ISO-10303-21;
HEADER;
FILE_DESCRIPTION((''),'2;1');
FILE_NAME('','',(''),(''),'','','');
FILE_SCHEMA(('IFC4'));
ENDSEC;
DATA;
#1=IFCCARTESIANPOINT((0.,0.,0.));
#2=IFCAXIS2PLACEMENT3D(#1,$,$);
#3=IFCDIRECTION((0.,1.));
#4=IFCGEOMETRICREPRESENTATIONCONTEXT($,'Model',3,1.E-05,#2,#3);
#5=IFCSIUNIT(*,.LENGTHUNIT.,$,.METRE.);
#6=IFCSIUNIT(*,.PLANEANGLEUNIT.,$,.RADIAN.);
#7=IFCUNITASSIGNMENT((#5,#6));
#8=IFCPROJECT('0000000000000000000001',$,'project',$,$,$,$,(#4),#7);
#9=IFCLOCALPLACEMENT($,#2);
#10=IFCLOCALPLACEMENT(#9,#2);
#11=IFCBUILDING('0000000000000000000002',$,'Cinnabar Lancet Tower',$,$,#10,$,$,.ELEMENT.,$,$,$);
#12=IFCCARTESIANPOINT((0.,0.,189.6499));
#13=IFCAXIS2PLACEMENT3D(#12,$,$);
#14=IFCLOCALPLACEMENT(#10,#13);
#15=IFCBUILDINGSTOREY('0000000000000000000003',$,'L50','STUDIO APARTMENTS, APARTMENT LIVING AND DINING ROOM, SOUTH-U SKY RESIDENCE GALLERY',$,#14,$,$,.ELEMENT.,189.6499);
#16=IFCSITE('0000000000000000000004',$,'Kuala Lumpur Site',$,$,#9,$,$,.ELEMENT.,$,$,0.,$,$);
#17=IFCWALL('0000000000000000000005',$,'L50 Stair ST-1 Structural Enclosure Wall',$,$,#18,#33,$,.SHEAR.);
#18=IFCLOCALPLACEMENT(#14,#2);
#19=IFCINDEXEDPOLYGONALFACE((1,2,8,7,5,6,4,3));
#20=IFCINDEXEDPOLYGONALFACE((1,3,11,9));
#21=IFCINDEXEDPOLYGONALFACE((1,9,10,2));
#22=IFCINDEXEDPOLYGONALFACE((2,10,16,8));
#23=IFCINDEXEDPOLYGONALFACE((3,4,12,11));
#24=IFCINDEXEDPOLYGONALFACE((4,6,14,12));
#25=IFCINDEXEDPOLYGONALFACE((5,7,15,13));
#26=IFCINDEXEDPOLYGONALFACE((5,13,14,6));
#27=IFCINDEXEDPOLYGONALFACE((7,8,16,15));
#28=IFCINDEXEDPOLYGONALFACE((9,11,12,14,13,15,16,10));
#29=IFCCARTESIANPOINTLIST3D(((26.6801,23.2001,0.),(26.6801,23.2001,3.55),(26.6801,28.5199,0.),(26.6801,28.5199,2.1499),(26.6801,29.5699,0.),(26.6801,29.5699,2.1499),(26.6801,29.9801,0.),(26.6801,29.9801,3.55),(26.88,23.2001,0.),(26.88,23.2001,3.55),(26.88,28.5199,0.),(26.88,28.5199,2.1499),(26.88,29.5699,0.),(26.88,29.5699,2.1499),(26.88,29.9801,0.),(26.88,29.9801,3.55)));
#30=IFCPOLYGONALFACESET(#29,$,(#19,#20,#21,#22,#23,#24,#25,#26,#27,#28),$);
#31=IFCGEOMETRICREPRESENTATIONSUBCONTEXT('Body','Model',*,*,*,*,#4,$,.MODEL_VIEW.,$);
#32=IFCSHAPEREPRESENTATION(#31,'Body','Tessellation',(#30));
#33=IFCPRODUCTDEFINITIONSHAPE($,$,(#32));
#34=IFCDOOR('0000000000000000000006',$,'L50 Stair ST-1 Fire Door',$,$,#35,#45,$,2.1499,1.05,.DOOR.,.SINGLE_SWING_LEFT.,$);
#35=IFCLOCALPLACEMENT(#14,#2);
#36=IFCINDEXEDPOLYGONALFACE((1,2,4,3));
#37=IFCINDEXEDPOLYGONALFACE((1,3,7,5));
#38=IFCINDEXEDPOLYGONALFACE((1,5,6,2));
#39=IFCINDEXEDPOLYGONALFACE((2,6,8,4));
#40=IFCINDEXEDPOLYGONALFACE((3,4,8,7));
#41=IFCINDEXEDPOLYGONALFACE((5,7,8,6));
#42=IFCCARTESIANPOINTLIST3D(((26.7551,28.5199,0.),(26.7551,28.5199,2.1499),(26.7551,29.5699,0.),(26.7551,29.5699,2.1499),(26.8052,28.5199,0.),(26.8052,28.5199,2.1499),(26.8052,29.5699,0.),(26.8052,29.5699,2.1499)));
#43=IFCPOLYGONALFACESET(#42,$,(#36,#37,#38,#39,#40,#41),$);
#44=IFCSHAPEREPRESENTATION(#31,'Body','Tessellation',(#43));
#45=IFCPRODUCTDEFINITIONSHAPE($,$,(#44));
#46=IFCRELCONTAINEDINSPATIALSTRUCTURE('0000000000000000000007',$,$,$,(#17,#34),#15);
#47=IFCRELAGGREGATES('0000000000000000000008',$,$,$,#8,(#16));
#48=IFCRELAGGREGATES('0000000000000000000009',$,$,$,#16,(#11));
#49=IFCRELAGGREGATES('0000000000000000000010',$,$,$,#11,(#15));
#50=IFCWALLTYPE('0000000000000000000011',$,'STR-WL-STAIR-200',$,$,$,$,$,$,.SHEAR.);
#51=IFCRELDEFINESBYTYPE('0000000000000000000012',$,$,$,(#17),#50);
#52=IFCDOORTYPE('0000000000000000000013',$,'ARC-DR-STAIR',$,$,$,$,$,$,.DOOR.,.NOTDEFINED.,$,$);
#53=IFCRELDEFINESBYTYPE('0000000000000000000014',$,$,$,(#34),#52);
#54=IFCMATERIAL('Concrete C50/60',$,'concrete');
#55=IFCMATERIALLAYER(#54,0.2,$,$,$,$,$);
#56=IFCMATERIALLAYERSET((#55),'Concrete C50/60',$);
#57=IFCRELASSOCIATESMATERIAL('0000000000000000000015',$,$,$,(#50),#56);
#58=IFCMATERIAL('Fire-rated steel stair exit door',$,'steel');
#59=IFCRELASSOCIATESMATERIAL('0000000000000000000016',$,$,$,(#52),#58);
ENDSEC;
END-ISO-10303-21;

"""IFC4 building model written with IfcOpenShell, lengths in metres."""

from ifc_helpers import new_model, si_unit, direction, frame, frame_2d, origin, place, context, subcontext, project, spatial, rectangle, extrude, material, layer, layer_set, type_object, element, fill, save


model = new_model("IFC4")

# Units and contexts
model_context = context("Model", 3, precision=1e-05, world=origin(), true_north=direction((0.0, 1.0)))
body_context = subcontext(model_context, "Body", "Model", "MODEL_VIEW")
ifc_project = project(units=[si_unit("LENGTHUNIT", "METRE"), si_unit("PLANEANGLEUNIT", "RADIAN")], contexts=[model_context])

# Site, building, storey
site_placement = place(None, origin())
site = spatial("IfcSite", under=ifc_project, at=site_placement, Name="Kuala Lumpur Site", CompositionType="ELEMENT", RefElevation=0.0)
building_placement = place(site_placement, origin())
building = spatial("IfcBuilding", under=site, at=building_placement, Name="Cinnabar Lancet Tower", CompositionType="ELEMENT")
storey_placement = place(building_placement, frame((0.0, 0.0, 189.6499)))
storey = spatial("IfcBuildingStorey", under=building, at=storey_placement, Name="L50", Description="STUDIO APARTMENTS, APARTMENT LIVING AND DINING ROOM, SOUTH-U SKY RESIDENCE GALLERY", CompositionType="ELEMENT", Elevation=189.6499)

# Wall, opening, door
ifc_material_1 = material(Name="Concrete C50/60", Category="concrete")
ifc_layer_1 = layer(ifc_material_1, 0.2)
ifc_layer_set_1 = layer_set([ifc_layer_1], Name="Concrete C50/60")
wall_type_1 = type_object("IfcWallType", Name="STR-WL-STAIR-200", PredefinedType="SHEAR", material=ifc_layer_set_1)
wall_1_placement = place(storey_placement, frame((26.78, 23.2, 0.0), z_axis=(0.0, 0.0, 1.0), x_axis=(0.0, 1.0, 0.0)))
wall_1 = element("IfcWall", 1, at=wall_1_placement, inside=storey, type_object=wall_type_1, Name="L50 Stair ST-1 Structural Enclosure Wall", PredefinedType="SHEAR", context=body_context, shape_type="SweptSolid", body=[
    extrude(rectangle(XDim=6.78, YDim=0.2, at=frame_2d((3.3901, 0.0))), origin(), (0.0, 0.0, 1.0), 3.55),
])
opening_1_placement = place(wall_1_placement, frame((5.3201, 0.0, 0.0)))
opening_1 = element("IfcOpeningElement", 2, at=opening_1_placement, cuts=wall_1, PredefinedType="OPENING", context=body_context, shape_type="SweptSolid", body=[
    extrude(rectangle(XDim=1.05, YDim=2.1499, at=frame_2d((0.5249, 1.075))), frame((0.0, 0.1099, 0.0), z_axis=(0.0, -1.0, 0.0), x_axis=(1.0, 0.0, 0.0)), (0.0, 0.0, 1.0), 0.22),
])
ifc_material_2 = material(Name="Fire-rated steel stair exit door", Category="steel")
door_type_1 = type_object("IfcDoorType", Name="ARC-DR-STAIR", OperationType="NOTDEFINED", PredefinedType="DOOR", material=ifc_material_2)
door_1_placement = place(opening_1_placement, origin())
door_1 = element("IfcDoor", 3, at=door_1_placement, inside=storey, type_object=door_type_1, Name="L50 Stair ST-1 Fire Door", OperationType="SINGLE_SWING_LEFT", OverallHeight=2.1499, OverallWidth=1.05, PredefinedType="DOOR", context=body_context, shape_type="SweptSolid", body=[
    extrude(rectangle(XDim=1.05, YDim=2.1499, at=frame_2d((0.5249, 1.075))), frame((0.0, 0.0249, 0.0), z_axis=(0.0, -1.0, 0.0), x_axis=(1.0, 0.0, 0.0)), (0.0, 0.0, 1.0), 0.05),
])
fill(opening_1, door_1)

save(model, "model.ifc")
